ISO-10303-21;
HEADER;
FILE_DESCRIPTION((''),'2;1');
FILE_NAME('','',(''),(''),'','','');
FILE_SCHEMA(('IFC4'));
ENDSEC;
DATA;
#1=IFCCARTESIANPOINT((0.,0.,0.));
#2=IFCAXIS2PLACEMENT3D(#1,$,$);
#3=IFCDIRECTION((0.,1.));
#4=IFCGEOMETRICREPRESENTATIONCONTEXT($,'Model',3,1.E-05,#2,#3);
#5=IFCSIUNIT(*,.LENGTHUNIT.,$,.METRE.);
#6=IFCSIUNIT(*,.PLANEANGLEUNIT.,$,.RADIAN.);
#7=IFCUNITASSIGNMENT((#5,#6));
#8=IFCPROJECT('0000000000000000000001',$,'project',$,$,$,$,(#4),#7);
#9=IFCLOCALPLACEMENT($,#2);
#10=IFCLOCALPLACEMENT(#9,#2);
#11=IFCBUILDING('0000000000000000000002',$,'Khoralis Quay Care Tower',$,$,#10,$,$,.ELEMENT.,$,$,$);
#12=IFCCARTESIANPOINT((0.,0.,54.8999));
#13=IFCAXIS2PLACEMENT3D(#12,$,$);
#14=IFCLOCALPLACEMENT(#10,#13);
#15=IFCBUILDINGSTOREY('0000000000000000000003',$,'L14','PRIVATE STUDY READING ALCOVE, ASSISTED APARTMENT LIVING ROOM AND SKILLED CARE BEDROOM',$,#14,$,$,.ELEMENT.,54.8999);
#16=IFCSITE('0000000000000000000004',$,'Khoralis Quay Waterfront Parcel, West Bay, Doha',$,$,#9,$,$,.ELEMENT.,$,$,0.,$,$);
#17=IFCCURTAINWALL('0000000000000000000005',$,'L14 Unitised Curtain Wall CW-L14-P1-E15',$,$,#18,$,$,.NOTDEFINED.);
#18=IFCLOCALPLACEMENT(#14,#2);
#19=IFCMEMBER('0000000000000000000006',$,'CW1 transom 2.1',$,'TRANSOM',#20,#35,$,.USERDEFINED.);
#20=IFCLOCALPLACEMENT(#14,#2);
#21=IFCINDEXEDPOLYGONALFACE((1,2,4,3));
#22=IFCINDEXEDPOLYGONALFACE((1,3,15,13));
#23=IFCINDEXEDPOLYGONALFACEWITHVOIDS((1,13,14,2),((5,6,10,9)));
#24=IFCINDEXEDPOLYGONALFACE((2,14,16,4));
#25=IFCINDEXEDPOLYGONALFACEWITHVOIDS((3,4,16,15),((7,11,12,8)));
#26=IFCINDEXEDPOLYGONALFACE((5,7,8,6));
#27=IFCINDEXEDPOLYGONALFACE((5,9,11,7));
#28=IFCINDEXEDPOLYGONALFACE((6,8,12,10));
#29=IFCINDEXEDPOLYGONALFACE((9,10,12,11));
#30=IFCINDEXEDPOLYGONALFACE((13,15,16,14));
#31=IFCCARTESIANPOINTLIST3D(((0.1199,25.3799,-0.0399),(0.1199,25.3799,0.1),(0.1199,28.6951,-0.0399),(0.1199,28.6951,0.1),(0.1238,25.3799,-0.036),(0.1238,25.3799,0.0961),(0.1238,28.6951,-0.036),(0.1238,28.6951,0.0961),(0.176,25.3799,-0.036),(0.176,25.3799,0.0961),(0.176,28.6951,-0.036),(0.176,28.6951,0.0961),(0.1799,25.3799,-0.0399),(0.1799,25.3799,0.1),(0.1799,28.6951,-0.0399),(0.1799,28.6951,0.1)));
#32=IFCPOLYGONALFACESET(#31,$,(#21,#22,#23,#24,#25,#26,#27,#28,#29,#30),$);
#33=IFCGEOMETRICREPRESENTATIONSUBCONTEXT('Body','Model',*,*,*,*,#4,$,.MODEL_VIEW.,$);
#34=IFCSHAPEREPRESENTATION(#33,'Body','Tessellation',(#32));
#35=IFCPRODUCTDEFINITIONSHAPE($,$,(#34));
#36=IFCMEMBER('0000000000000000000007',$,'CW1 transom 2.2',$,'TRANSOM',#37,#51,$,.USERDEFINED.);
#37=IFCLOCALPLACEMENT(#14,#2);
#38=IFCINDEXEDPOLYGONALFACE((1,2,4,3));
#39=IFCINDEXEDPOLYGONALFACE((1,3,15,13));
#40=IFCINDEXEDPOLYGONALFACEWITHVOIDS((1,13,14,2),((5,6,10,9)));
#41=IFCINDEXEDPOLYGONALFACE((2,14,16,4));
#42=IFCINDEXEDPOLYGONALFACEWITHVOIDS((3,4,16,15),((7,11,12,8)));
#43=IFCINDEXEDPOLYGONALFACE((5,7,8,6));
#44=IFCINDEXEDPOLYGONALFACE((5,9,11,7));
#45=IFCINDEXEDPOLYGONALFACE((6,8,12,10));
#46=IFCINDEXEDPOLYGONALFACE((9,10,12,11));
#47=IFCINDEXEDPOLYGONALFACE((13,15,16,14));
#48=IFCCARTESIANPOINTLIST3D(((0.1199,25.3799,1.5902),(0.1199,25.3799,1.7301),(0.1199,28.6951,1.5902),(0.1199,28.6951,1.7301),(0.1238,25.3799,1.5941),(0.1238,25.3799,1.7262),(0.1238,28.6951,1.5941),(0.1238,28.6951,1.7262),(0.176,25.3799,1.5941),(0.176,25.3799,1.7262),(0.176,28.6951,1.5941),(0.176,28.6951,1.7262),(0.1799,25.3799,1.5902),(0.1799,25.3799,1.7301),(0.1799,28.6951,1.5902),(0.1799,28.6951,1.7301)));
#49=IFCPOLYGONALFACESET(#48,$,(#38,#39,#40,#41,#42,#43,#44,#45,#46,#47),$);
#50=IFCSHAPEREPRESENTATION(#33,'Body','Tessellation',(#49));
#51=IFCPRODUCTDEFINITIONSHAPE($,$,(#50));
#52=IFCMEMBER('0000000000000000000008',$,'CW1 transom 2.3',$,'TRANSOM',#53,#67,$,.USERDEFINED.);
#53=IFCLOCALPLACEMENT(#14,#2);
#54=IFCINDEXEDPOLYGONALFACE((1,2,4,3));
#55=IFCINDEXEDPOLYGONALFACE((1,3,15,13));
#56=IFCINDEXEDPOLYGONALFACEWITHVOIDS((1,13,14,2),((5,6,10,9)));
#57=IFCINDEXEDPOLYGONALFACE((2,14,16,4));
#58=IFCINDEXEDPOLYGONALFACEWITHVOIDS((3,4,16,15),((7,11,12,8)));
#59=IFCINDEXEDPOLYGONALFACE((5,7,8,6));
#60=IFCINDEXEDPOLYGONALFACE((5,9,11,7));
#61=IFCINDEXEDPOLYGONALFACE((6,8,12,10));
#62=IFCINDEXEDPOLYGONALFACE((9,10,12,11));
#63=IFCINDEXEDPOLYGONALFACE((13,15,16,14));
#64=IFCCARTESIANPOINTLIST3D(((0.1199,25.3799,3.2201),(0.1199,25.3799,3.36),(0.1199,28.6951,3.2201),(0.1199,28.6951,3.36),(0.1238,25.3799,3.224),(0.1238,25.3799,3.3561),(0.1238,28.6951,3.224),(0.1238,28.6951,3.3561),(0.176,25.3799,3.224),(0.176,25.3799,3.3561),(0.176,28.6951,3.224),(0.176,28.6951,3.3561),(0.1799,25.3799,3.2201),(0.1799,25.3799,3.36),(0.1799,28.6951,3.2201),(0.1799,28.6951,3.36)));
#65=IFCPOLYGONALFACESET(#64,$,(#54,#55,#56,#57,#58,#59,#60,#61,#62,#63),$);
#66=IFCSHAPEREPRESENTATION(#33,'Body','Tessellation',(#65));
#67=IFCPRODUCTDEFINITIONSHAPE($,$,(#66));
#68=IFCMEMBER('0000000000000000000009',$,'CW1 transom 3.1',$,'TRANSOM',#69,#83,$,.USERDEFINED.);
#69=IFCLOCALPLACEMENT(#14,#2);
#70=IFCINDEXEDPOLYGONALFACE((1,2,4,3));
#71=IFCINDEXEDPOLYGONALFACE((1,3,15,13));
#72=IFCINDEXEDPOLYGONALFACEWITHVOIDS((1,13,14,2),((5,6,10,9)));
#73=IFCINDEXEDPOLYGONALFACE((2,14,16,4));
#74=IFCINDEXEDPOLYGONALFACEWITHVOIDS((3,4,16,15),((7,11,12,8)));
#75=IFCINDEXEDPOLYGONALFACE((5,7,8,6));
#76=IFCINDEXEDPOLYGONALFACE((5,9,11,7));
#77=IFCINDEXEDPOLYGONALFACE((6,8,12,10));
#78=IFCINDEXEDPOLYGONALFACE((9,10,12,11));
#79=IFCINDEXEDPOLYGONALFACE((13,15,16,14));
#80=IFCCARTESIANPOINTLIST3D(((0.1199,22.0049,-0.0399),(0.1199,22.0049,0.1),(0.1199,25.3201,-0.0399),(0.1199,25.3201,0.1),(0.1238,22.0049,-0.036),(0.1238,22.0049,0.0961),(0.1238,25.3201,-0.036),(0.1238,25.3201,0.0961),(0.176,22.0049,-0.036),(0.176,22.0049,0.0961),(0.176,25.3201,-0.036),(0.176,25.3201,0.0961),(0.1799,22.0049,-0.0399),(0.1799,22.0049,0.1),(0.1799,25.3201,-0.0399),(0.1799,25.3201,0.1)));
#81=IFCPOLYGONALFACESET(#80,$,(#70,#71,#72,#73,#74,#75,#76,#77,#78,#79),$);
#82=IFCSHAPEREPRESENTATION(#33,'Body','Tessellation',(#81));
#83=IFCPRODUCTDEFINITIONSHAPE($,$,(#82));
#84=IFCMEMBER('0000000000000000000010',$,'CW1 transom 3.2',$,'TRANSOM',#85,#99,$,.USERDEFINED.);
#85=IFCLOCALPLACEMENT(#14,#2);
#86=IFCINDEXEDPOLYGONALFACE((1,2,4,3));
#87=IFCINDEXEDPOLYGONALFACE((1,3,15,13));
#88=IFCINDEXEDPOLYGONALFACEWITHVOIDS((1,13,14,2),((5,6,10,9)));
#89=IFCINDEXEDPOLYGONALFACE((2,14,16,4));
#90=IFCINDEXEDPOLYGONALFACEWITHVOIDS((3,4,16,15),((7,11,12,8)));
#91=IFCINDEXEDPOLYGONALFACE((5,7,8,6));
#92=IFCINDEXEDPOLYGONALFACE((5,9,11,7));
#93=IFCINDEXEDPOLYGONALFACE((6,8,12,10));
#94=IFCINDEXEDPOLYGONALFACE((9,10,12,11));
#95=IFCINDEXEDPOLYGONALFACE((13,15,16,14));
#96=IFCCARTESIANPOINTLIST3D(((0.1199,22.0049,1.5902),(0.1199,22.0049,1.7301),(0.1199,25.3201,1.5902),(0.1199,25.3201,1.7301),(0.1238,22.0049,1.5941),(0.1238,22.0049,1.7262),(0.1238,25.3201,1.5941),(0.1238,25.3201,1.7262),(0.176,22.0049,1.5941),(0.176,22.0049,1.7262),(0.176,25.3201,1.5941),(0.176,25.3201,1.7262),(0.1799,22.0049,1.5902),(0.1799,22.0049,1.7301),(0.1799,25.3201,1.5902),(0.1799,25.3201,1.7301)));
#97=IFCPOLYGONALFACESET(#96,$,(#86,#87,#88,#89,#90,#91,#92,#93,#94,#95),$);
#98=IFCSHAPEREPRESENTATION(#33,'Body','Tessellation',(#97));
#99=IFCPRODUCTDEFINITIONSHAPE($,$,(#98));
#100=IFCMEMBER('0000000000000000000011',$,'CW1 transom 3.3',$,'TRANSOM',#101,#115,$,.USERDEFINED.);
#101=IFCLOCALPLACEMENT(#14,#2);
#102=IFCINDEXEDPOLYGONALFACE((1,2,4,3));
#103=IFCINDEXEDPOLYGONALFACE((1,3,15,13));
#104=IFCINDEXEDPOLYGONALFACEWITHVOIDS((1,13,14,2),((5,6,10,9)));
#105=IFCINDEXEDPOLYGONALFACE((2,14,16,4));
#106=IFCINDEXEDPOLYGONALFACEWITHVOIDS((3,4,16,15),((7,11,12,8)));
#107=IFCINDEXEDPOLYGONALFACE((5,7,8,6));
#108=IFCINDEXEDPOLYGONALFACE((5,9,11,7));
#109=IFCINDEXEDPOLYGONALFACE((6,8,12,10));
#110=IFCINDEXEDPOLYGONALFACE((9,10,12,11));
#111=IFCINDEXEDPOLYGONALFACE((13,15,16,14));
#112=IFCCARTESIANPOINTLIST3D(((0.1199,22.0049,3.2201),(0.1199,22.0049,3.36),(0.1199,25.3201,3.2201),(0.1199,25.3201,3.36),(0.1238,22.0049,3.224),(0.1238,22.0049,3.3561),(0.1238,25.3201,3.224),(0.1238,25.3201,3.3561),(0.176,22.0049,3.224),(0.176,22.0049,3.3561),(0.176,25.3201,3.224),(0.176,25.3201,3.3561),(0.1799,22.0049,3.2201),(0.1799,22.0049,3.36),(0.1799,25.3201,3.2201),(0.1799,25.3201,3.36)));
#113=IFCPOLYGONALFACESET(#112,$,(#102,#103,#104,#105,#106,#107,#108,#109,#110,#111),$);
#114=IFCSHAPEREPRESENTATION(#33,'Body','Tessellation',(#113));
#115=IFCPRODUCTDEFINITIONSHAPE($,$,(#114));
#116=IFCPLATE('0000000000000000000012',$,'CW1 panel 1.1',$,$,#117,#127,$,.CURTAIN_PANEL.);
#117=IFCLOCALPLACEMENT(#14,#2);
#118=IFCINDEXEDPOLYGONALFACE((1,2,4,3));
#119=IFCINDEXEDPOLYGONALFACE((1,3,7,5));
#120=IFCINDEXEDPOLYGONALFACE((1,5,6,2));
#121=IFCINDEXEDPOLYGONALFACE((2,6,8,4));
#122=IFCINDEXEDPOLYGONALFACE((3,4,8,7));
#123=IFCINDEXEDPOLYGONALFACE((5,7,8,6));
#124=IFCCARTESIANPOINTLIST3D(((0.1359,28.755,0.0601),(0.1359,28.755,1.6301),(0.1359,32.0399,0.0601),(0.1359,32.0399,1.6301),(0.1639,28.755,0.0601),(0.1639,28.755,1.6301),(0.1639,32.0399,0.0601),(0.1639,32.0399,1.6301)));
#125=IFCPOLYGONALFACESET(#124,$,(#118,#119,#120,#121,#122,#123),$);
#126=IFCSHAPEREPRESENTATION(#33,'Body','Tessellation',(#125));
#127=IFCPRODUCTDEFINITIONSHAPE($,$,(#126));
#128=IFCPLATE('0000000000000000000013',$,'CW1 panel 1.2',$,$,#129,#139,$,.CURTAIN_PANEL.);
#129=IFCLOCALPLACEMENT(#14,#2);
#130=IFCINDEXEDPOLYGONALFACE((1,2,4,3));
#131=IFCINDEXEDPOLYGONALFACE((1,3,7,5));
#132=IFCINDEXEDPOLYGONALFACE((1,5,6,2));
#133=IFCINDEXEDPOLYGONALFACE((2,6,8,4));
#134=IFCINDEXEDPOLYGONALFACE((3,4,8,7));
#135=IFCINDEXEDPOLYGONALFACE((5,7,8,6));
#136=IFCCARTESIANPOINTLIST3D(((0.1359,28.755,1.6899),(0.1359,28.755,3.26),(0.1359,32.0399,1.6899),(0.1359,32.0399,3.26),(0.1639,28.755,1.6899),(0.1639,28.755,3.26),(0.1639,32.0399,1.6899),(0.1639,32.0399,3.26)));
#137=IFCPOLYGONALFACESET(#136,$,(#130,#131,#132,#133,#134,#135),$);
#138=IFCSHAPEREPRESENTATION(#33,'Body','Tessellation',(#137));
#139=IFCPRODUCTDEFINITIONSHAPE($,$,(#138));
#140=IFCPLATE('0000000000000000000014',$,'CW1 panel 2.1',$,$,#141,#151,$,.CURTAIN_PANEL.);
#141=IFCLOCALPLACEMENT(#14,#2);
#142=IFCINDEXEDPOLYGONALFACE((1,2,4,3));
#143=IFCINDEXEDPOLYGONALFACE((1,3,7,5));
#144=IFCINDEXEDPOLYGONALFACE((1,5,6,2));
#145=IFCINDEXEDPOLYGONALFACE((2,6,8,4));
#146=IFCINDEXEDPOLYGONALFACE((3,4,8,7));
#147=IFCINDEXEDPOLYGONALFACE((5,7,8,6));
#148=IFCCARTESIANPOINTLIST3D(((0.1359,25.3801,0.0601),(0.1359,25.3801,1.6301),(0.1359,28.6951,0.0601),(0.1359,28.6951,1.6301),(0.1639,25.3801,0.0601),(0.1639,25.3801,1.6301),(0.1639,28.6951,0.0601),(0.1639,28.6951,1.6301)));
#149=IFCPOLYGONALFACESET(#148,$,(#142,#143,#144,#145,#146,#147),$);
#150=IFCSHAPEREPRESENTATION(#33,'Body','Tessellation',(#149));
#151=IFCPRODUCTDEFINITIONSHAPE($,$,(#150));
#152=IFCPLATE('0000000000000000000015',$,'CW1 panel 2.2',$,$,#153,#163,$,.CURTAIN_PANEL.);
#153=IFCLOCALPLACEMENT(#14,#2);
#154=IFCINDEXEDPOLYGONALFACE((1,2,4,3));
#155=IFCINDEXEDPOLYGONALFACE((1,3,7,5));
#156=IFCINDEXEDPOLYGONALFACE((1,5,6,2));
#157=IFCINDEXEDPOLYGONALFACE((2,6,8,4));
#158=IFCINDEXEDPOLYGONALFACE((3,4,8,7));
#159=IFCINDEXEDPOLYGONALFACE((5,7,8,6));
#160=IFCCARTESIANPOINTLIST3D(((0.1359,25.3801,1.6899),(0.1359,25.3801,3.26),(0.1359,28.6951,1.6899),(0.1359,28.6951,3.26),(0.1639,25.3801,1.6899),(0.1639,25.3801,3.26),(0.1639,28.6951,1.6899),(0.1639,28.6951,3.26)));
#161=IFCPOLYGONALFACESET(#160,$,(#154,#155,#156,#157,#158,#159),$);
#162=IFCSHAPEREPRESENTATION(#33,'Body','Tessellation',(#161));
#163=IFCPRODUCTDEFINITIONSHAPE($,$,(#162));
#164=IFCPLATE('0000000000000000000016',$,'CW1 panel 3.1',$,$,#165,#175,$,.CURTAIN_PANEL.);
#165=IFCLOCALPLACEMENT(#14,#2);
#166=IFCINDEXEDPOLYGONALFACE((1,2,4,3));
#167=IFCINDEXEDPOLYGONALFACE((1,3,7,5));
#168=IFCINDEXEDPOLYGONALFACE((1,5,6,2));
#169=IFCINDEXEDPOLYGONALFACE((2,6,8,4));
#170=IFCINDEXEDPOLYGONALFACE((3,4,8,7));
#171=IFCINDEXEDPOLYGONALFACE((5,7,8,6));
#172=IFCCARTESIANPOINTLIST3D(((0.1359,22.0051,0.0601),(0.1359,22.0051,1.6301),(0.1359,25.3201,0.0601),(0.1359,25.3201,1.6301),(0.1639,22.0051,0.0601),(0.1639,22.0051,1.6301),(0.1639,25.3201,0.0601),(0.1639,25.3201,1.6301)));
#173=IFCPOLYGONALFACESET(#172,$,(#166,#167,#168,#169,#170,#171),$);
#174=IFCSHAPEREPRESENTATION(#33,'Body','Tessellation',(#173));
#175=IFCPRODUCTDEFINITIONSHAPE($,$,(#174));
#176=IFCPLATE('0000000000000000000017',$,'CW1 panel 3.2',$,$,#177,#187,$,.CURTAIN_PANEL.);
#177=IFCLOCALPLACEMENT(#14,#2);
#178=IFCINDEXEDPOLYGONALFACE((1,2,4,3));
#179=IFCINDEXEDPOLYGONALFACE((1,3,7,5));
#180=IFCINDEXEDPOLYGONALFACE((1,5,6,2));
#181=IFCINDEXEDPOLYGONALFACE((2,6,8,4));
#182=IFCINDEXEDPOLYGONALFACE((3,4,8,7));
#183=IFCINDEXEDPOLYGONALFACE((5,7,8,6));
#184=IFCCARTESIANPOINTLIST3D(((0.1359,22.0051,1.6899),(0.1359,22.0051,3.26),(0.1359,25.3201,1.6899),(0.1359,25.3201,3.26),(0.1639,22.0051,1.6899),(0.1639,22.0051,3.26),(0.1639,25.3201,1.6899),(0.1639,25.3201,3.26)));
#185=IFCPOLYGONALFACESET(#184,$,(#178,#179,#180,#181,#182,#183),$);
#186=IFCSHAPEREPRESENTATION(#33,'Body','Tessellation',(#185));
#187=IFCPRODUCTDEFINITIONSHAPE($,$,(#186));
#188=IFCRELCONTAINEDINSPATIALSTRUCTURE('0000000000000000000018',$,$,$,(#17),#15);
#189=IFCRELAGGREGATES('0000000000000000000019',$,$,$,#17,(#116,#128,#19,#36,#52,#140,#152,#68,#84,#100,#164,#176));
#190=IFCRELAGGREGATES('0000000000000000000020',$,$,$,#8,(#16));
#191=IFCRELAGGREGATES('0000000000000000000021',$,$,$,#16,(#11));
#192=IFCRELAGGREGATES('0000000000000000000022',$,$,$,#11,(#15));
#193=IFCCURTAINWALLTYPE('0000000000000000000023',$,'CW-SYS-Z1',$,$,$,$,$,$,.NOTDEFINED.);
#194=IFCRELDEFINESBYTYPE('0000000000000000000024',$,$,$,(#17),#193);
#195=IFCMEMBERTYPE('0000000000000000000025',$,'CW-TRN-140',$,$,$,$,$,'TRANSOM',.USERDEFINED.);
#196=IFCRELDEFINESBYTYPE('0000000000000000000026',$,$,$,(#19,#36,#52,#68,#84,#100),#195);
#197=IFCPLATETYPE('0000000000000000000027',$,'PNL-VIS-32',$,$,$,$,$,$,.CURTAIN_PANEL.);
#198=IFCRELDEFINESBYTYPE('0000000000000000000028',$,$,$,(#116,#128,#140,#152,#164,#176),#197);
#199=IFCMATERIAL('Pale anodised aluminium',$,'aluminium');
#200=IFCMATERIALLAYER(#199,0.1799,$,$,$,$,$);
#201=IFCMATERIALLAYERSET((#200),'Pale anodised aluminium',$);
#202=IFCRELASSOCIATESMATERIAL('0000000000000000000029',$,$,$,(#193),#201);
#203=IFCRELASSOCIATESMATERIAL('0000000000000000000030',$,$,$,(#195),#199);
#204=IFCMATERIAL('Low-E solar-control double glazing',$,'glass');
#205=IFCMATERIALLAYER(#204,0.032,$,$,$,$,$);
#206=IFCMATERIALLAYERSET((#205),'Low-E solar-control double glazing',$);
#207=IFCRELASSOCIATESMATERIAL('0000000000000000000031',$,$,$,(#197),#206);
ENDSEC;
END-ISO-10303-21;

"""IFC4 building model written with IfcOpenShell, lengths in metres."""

from ifc_helpers import new_model, si_unit, direction, frame, origin, origin_2d, place, context, subcontext, project, spatial, rectangle, hollow_rectangle, extrude, source, transform, mapped, material, layer, layer_set, material_profile, profile_set, type_object, element, aggregate, save


model = new_model("IFC4")

# Units and contexts
model_context = context("Model", 3, precision=1e-05, world=origin(), true_north=direction((0.0, 1.0)))
body_context = subcontext(model_context, "Body", "Model", "MODEL_VIEW")
ifc_project = project(units=[si_unit("LENGTHUNIT", "METRE"), si_unit("PLANEANGLEUNIT", "RADIAN")], contexts=[model_context])

# Site, building, storey
site_placement = place(None, origin())
site = spatial("IfcSite", under=ifc_project, at=site_placement, Name="Khoralis Quay Waterfront Parcel, West Bay, Doha", CompositionType="ELEMENT", RefElevation=0.0)
building_placement = place(site_placement, origin())
building = spatial("IfcBuilding", under=site, at=building_placement, Name="Khoralis Quay Care Tower", CompositionType="ELEMENT")
storey_placement = place(building_placement, frame((0.0, 0.0, 54.8999)))
storey = spatial("IfcBuildingStorey", under=building, at=storey_placement, Name="L14", Description="PRIVATE STUDY READING ALCOVE, ASSISTED APARTMENT LIVING ROOM AND SKILLED CARE BEDROOM", CompositionType="ELEMENT", Elevation=54.8999)

# Curtain wall, members, plates
ifc_material_1 = material(Name="Pale anodised aluminium", Category="aluminium")
ifc_layer_1 = layer(ifc_material_1, 0.1799)
ifc_layer_set_1 = layer_set([ifc_layer_1], Name="Pale anodised aluminium")
curtain_wall_type = type_object("IfcCurtainWallType", Name="CW-SYS-Z1", PredefinedType="NOTDEFINED", material=ifc_layer_set_1)
curtain_wall_placement = place(storey_placement, origin())
curtain_wall = element("IfcCurtainWall", 1, at=curtain_wall_placement, inside=storey, type_object=curtain_wall_type, Name="L14 Unitised Curtain Wall CW-L14-P1-E15", PredefinedType="NOTDEFINED")
ifc_material_profile_1 = material_profile(ifc_material_1, hollow_rectangle(XDim=0.0601, YDim=0.1399, WallThickness=0.0039, at=origin_2d()), Name="Pale anodised aluminium")
ifc_profile_set_1 = profile_set([ifc_material_profile_1], Name="Pale anodised aluminium")
member_type_1 = type_object("IfcMemberType", Name="CW-TRN-140", ElementType="TRANSOM", PredefinedType="USERDEFINED", material=ifc_profile_set_1)
shared_shape_1 = source(origin(), body_context, "Body", "SweptSolid", [
    extrude(hollow_rectangle(XDim=0.0601, YDim=0.1399, WallThickness=0.0039, at=origin_2d()), origin(), (0.0, 0.0, 1.0), 3.3152),
])
member_1_placement = place(storey_placement, frame((0.1499, 28.6951, 0.03), z_axis=(0.0, -1.0, 0.0), x_axis=(1.0, 0.0, 0.0)))
member_1 = element("IfcMember", 2, at=member_1_placement, type_object=member_type_1, Name="CW1 transom 2.1", ObjectType="TRANSOM", PredefinedType="USERDEFINED", context=body_context, shape_type="MappedRepresentation", body=[
    mapped(shared_shape_1, transform((0.0, 0.0, 0.0), scale=1.0)),
])
member_2_placement = place(storey_placement, frame((0.1499, 28.6951, 1.6602), z_axis=(0.0, -1.0, 0.0), x_axis=(1.0, 0.0, 0.0)))
member_2 = element("IfcMember", 3, at=member_2_placement, type_object=member_type_1, Name="CW1 transom 2.2", ObjectType="TRANSOM", PredefinedType="USERDEFINED", context=body_context, shape_type="MappedRepresentation", body=[
    mapped(shared_shape_1, transform((0.0, 0.0, 0.0), scale=1.0)),
])
member_3_placement = place(storey_placement, frame((0.1499, 28.6951, 3.29), z_axis=(0.0, -1.0, 0.0), x_axis=(1.0, 0.0, 0.0)))
member_3 = element("IfcMember", 4, at=member_3_placement, type_object=member_type_1, Name="CW1 transom 2.3", ObjectType="TRANSOM", PredefinedType="USERDEFINED", context=body_context, shape_type="MappedRepresentation", body=[
    mapped(shared_shape_1, transform((0.0, 0.0, 0.0), scale=1.0)),
])
member_4_placement = place(storey_placement, frame((0.1499, 25.3201, 0.03), z_axis=(0.0, -1.0, 0.0), x_axis=(1.0, 0.0, 0.0)))
member_4 = element("IfcMember", 5, at=member_4_placement, type_object=member_type_1, Name="CW1 transom 3.1", ObjectType="TRANSOM", PredefinedType="USERDEFINED", context=body_context, shape_type="MappedRepresentation", body=[
    mapped(shared_shape_1, transform((0.0, 0.0, 0.0), scale=1.0)),
])
member_5_placement = place(storey_placement, frame((0.1499, 25.3201, 1.6602), z_axis=(0.0, -1.0, 0.0), x_axis=(1.0, 0.0, 0.0)))
member_5 = element("IfcMember", 6, at=member_5_placement, type_object=member_type_1, Name="CW1 transom 3.2", ObjectType="TRANSOM", PredefinedType="USERDEFINED", context=body_context, shape_type="MappedRepresentation", body=[
    mapped(shared_shape_1, transform((0.0, 0.0, 0.0), scale=1.0)),
])
member_6_placement = place(storey_placement, frame((0.1499, 25.3201, 3.29), z_axis=(0.0, -1.0, 0.0), x_axis=(1.0, 0.0, 0.0)))
member_6 = element("IfcMember", 7, at=member_6_placement, type_object=member_type_1, Name="CW1 transom 3.3", ObjectType="TRANSOM", PredefinedType="USERDEFINED", context=body_context, shape_type="MappedRepresentation", body=[
    mapped(shared_shape_1, transform((0.0, 0.0, 0.0), scale=1.0)),
])
ifc_material_2 = material(Name="Low-E solar-control double glazing", Category="glass")
ifc_layer_2 = layer(ifc_material_2, 0.032)
ifc_layer_set_2 = layer_set([ifc_layer_2], Name="Low-E solar-control double glazing")
plate_type = type_object("IfcPlateType", Name="PNL-VIS-32", PredefinedType="CURTAIN_PANEL", material=ifc_layer_set_2)
shared_shape_2 = source(origin(), body_context, "Body", "SweptSolid", [
    extrude(rectangle(XDim=3.2849, YDim=0.0281, at=origin_2d()), origin(), (0.0, 0.0, 1.0), 1.5701),
])
plate_1_placement = place(storey_placement, frame((0.1499, 30.3975, 0.0601), z_axis=(0.0, 0.0, 1.0), x_axis=(0.0, -1.0, 0.0)))
plate_1 = element("IfcPlate", 8, at=plate_1_placement, type_object=plate_type, Name="CW1 panel 1.1", PredefinedType="CURTAIN_PANEL", context=body_context, shape_type="MappedRepresentation", body=[
    mapped(shared_shape_2, transform((0.0, 0.0, 0.0), scale=1.0)),
])
plate_2_placement = place(storey_placement, frame((0.1499, 30.3975, 1.6899), z_axis=(0.0, 0.0, 1.0), x_axis=(0.0, -1.0, 0.0)))
plate_2 = element("IfcPlate", 9, at=plate_2_placement, type_object=plate_type, Name="CW1 panel 1.2", PredefinedType="CURTAIN_PANEL", context=body_context, shape_type="MappedRepresentation", body=[
    mapped(shared_shape_2, transform((0.0, 0.0, 0.0), scale=1.0)),
])
shared_shape_3 = source(origin(), body_context, "Body", "SweptSolid", [
    extrude(rectangle(XDim=3.3149, YDim=0.0281, at=origin_2d()), origin(), (0.0, 0.0, 1.0), 1.5701),
])
plate_3_placement = place(storey_placement, frame((0.1499, 27.0376, 0.0601), z_axis=(0.0, 0.0, 1.0), x_axis=(0.0, -1.0, 0.0)))
plate_3 = element("IfcPlate", 10, at=plate_3_placement, type_object=plate_type, Name="CW1 panel 2.1", PredefinedType="CURTAIN_PANEL", context=body_context, shape_type="MappedRepresentation", body=[
    mapped(shared_shape_3, transform((0.0, 0.0, 0.0), scale=1.0)),
])
plate_4_placement = place(storey_placement, frame((0.1499, 27.0376, 1.6899), z_axis=(0.0, 0.0, 1.0), x_axis=(0.0, -1.0, 0.0)))
plate_4 = element("IfcPlate", 11, at=plate_4_placement, type_object=plate_type, Name="CW1 panel 2.2", PredefinedType="CURTAIN_PANEL", context=body_context, shape_type="MappedRepresentation", body=[
    mapped(shared_shape_3, transform((0.0, 0.0, 0.0), scale=1.0)),
])
plate_5_placement = place(storey_placement, frame((0.1499, 23.6626, 0.0601), z_axis=(0.0, 0.0, 1.0), x_axis=(0.0, -1.0, 0.0)))
plate_5 = element("IfcPlate", 12, at=plate_5_placement, type_object=plate_type, Name="CW1 panel 3.1", PredefinedType="CURTAIN_PANEL", context=body_context, shape_type="MappedRepresentation", body=[
    mapped(shared_shape_3, transform((0.0, 0.0, 0.0), scale=1.0)),
])
plate_6_placement = place(storey_placement, frame((0.1499, 23.6626, 1.6899), z_axis=(0.0, 0.0, 1.0), x_axis=(0.0, -1.0, 0.0)))
plate_6 = element("IfcPlate", 13, at=plate_6_placement, type_object=plate_type, Name="CW1 panel 3.2", PredefinedType="CURTAIN_PANEL", context=body_context, shape_type="MappedRepresentation", body=[
    mapped(shared_shape_3, transform((0.0, 0.0, 0.0), scale=1.0)),
])
aggregate(curtain_wall, [plate_1, plate_2, member_1, member_2, member_3, plate_3, plate_4, member_4, member_5, member_6, plate_5, plate_6])

save(model, "model.ifc")
